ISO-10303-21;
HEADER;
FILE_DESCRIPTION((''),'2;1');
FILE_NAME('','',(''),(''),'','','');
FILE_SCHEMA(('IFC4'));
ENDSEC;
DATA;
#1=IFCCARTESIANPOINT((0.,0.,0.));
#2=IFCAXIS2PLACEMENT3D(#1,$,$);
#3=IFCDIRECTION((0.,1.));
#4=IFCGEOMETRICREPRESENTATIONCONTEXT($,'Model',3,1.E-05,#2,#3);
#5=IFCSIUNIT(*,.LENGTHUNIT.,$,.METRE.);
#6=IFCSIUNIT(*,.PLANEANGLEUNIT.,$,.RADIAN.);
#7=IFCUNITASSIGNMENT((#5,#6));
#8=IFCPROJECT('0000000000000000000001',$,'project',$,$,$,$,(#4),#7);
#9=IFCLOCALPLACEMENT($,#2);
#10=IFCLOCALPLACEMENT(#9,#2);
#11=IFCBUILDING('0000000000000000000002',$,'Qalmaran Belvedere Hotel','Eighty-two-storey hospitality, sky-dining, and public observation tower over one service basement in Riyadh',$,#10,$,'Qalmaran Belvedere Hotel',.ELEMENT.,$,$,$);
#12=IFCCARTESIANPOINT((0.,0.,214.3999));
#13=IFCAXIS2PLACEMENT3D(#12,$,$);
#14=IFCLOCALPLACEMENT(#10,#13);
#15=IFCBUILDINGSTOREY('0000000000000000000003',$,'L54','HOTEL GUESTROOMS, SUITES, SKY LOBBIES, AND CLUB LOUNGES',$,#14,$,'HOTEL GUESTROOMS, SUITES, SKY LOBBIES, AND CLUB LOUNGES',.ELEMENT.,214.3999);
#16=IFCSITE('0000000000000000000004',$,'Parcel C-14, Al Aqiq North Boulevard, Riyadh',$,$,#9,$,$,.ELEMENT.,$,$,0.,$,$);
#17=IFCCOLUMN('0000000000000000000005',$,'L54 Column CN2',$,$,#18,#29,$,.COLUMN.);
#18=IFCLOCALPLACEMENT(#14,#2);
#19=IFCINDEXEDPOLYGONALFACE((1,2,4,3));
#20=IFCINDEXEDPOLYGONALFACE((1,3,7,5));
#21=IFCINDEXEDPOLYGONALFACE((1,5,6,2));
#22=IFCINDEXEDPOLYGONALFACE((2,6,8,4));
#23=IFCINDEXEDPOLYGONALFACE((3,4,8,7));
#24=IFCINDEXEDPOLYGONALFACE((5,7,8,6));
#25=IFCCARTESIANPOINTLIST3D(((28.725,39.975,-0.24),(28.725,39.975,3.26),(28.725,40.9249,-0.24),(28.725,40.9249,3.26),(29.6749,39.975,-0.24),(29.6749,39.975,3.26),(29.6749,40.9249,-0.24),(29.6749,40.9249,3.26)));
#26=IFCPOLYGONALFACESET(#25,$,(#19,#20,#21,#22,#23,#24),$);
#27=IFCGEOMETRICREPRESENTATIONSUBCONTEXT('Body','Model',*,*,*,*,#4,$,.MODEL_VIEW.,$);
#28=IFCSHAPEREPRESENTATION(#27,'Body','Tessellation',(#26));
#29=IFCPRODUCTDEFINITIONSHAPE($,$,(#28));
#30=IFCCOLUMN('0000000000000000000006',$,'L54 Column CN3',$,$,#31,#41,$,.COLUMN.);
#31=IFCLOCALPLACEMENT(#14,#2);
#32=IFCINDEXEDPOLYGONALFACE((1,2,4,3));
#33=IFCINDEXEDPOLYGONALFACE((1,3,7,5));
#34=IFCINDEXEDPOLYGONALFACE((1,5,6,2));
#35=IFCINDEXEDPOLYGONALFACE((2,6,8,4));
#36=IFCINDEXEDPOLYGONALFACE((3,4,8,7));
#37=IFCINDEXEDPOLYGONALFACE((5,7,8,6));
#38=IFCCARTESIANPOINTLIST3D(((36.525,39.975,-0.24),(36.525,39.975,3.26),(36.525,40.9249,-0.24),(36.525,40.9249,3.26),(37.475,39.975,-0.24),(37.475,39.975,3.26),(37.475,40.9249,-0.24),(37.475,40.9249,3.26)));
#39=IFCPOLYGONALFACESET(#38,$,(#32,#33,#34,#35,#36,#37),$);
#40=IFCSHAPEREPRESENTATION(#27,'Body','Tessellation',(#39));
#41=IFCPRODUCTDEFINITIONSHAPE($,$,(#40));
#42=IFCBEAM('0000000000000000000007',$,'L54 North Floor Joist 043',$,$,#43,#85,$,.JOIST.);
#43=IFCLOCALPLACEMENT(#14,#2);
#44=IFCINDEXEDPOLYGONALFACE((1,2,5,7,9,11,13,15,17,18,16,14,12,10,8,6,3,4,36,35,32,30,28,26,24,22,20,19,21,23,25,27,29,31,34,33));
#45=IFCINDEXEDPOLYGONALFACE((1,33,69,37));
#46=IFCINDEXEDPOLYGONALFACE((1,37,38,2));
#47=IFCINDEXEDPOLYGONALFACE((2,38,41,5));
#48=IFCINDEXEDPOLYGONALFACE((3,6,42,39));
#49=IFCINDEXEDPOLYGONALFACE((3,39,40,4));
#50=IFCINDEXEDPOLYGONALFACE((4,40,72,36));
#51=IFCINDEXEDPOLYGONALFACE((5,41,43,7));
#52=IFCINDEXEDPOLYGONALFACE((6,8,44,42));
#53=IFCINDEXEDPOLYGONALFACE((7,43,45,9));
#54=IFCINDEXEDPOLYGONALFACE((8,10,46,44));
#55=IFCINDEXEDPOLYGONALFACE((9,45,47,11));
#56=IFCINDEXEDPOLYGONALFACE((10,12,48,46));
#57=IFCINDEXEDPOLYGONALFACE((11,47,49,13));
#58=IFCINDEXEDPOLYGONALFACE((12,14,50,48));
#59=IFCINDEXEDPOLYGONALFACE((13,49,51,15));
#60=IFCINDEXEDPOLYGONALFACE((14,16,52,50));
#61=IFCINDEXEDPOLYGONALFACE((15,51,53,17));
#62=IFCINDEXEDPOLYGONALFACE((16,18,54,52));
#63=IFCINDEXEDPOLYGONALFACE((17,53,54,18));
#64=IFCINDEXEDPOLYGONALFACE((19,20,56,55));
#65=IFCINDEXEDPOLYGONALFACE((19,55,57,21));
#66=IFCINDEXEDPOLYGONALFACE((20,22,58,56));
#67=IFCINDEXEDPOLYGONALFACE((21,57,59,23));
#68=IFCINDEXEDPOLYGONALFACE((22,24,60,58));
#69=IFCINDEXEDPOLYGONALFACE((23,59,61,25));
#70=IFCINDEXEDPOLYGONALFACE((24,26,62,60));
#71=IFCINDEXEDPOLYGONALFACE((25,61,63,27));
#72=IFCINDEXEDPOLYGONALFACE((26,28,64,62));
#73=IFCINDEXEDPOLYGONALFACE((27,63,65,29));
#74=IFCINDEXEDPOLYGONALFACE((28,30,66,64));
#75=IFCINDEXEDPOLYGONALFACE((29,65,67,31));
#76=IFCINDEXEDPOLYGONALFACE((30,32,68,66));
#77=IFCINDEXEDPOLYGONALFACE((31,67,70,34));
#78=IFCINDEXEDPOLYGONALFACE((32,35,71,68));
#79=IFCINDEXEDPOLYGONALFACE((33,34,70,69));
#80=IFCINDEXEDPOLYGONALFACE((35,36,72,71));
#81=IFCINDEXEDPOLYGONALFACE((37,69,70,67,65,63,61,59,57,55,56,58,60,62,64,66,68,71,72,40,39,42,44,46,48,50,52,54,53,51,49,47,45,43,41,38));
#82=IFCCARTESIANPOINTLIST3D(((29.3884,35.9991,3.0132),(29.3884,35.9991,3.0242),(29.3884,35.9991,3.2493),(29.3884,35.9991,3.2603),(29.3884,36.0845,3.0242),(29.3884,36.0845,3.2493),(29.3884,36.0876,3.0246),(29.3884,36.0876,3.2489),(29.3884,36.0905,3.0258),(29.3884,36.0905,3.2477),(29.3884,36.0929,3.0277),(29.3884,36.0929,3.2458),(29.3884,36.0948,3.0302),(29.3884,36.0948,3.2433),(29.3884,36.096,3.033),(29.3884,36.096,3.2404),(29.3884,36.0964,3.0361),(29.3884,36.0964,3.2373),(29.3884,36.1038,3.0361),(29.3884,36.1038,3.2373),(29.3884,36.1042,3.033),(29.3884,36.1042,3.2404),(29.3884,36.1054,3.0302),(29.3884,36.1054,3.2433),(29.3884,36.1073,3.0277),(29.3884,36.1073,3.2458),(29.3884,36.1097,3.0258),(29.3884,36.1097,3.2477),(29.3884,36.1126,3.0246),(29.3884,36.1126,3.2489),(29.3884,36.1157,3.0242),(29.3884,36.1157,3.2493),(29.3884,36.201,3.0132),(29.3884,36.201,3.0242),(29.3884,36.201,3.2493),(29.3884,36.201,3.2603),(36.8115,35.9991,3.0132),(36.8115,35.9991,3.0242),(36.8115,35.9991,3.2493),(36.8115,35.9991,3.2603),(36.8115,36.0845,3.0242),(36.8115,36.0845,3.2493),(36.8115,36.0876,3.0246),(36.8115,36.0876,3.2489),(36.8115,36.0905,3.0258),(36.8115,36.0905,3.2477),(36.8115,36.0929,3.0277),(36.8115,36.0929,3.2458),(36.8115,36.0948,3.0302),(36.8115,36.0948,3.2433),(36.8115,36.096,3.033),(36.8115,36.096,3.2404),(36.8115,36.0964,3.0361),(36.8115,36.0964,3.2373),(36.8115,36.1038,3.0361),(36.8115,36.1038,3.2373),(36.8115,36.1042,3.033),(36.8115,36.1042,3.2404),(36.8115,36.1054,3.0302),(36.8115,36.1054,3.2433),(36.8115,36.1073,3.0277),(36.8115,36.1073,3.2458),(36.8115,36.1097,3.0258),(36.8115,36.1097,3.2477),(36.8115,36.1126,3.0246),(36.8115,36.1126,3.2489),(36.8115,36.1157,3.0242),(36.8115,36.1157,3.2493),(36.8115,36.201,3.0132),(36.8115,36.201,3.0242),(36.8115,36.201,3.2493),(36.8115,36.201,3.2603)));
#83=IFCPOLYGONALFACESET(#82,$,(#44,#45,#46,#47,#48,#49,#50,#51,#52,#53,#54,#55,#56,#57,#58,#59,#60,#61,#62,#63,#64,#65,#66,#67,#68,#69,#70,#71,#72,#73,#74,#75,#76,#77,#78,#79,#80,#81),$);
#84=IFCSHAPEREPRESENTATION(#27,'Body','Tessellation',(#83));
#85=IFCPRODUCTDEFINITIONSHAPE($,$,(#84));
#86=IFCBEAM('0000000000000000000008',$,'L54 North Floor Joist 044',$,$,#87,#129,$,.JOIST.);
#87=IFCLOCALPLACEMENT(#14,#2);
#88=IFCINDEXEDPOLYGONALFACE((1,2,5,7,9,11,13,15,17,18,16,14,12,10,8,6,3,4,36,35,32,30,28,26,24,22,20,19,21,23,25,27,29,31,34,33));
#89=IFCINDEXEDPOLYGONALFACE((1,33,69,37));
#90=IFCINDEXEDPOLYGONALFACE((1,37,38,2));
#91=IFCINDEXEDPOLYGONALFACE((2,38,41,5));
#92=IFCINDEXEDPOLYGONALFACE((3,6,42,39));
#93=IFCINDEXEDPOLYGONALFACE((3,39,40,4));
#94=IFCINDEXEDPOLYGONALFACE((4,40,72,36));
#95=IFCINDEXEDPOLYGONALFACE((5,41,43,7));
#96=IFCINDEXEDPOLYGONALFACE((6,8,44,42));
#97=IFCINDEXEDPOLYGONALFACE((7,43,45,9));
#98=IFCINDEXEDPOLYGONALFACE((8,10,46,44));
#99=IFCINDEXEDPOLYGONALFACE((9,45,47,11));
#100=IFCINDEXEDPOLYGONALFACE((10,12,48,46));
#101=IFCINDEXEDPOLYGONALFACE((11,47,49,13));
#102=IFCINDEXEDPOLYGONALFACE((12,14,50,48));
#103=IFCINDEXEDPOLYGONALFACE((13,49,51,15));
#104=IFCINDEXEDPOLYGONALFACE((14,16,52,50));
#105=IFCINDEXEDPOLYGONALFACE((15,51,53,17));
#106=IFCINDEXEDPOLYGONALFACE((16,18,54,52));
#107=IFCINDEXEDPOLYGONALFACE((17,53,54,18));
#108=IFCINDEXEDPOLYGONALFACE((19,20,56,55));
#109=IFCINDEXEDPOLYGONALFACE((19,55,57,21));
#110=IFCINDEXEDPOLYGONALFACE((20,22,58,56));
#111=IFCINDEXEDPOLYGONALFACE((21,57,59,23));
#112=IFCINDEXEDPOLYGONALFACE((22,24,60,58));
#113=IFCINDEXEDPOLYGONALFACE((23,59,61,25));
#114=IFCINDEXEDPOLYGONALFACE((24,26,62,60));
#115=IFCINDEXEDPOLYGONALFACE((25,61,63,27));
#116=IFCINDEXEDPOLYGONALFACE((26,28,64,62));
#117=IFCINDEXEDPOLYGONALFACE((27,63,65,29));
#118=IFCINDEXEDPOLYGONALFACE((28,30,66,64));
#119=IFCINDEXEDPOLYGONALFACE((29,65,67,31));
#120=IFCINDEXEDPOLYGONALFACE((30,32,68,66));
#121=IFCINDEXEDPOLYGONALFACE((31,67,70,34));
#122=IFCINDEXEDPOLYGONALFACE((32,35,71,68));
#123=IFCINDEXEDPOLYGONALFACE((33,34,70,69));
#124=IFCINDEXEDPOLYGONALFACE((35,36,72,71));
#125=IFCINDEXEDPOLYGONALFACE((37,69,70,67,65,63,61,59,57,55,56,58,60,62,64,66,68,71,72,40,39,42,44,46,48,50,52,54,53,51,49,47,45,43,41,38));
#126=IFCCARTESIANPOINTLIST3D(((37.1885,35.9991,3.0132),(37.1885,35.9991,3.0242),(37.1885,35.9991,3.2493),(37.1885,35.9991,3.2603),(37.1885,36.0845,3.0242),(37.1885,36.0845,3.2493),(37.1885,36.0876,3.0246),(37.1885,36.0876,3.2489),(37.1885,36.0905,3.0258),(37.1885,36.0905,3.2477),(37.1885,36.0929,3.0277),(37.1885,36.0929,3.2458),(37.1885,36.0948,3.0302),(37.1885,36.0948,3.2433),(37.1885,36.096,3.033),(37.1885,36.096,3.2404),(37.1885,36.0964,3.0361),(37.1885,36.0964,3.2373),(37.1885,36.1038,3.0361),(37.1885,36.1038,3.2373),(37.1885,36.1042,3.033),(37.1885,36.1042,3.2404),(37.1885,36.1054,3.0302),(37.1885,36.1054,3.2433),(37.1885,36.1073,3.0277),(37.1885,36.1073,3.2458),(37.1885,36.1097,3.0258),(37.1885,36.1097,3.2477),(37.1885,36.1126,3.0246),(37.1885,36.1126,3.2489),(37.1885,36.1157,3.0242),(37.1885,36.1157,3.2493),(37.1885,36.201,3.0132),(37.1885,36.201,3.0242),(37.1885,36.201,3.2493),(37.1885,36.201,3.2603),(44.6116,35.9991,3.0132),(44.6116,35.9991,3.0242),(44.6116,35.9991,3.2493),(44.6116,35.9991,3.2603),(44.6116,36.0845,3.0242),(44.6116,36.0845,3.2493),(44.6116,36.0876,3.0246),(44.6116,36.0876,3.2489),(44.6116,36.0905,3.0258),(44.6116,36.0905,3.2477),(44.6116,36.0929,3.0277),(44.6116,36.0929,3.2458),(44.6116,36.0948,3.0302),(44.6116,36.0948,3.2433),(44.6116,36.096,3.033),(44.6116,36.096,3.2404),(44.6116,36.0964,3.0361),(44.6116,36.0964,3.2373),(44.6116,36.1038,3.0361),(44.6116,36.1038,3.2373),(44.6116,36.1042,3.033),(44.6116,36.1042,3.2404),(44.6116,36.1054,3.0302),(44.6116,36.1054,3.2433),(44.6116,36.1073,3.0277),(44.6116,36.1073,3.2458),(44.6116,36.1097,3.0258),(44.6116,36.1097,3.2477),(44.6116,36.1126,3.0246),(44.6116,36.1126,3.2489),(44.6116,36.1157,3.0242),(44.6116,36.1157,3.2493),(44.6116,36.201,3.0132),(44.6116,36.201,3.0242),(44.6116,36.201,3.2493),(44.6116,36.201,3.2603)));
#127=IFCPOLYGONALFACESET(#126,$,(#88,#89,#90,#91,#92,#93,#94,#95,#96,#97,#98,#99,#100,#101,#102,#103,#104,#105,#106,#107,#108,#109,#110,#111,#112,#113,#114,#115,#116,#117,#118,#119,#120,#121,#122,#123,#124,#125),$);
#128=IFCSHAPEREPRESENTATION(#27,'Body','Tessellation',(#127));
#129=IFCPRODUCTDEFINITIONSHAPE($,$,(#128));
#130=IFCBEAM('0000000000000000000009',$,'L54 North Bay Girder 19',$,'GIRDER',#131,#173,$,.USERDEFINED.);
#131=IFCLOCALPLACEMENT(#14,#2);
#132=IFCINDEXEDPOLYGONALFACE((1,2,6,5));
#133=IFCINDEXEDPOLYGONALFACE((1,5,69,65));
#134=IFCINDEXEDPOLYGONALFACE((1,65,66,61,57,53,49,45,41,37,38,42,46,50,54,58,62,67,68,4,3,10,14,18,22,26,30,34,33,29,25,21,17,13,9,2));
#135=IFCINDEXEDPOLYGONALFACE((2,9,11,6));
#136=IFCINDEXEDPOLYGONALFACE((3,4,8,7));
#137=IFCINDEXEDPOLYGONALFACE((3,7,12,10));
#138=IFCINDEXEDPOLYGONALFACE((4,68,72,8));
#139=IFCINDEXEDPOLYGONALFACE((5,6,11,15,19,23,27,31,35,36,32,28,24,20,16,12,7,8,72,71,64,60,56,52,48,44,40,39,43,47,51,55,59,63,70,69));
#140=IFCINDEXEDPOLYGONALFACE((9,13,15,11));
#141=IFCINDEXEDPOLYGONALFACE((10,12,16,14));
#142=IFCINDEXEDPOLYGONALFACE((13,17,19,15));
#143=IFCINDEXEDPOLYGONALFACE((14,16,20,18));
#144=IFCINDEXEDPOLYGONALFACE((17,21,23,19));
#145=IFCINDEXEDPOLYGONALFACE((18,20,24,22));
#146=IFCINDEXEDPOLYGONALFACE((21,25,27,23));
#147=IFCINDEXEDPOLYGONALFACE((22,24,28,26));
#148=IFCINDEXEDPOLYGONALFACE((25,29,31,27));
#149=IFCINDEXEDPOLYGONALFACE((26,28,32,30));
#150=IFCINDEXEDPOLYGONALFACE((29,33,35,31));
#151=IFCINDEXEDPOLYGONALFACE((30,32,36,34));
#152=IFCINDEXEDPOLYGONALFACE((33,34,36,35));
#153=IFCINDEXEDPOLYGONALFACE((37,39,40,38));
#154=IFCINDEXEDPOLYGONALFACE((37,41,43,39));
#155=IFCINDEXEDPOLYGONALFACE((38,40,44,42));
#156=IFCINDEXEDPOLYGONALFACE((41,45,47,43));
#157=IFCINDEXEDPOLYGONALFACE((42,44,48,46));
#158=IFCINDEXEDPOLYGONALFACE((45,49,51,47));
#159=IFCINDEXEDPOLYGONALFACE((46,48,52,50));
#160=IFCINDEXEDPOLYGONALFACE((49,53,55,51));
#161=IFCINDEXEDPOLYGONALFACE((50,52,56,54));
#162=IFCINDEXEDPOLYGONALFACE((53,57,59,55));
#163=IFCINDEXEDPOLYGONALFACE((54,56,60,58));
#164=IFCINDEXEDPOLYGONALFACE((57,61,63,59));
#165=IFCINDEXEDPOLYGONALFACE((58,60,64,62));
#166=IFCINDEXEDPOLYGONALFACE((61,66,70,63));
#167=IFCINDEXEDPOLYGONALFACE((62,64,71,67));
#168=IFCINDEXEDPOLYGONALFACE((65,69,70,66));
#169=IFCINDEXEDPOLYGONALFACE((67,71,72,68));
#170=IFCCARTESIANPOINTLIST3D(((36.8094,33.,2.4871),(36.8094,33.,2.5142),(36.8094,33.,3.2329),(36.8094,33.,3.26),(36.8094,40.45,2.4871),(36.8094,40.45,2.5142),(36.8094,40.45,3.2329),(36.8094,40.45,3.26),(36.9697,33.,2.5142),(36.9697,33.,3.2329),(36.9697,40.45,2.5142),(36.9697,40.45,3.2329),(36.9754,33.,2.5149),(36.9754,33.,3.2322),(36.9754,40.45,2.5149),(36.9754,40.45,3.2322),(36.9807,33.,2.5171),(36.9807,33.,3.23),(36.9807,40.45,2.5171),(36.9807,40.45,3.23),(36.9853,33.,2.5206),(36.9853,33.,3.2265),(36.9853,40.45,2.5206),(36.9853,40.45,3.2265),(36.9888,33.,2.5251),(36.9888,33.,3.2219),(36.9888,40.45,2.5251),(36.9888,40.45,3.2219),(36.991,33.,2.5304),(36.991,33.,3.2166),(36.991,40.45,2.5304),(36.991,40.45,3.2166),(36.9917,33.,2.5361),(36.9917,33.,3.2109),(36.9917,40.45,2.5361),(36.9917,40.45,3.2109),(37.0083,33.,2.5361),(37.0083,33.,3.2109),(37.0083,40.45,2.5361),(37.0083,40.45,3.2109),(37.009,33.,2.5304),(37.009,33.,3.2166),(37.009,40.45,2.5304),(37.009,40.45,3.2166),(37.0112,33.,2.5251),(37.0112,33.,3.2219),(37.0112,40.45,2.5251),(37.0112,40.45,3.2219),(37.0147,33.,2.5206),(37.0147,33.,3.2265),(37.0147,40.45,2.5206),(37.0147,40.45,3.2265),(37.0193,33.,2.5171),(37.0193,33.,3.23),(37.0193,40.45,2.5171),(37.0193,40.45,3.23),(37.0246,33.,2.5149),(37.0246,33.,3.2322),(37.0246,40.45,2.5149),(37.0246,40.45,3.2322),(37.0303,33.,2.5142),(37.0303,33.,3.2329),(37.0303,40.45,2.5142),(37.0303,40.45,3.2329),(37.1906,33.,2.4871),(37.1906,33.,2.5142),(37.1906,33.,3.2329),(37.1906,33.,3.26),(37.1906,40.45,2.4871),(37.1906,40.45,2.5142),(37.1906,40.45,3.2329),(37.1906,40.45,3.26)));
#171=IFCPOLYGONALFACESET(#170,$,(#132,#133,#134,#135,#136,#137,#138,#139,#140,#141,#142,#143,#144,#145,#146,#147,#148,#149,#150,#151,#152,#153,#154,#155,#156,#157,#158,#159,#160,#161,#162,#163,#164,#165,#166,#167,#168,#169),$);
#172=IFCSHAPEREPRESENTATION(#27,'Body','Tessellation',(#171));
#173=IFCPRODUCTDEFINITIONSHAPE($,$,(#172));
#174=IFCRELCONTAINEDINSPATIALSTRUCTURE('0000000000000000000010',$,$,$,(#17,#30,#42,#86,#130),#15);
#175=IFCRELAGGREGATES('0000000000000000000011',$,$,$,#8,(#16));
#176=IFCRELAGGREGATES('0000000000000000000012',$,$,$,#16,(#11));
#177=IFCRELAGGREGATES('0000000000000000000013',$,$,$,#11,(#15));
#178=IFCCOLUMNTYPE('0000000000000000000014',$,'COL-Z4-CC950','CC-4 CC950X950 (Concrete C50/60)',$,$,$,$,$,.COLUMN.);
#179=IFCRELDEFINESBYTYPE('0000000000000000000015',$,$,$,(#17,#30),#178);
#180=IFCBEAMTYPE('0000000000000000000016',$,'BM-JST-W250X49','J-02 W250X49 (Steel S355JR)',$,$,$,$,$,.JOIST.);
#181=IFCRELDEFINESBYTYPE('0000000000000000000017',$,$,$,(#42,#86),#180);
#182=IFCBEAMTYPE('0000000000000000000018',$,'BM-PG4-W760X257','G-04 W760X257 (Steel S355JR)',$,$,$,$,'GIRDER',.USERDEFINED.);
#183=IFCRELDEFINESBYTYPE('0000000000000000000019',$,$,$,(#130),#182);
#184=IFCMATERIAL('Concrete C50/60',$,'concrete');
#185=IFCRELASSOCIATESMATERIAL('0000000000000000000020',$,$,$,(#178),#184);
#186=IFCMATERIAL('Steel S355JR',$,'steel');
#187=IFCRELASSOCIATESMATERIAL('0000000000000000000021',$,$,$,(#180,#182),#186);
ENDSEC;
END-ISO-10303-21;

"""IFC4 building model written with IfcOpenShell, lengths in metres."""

from ifc_helpers import new_model, si_unit, direction, frame, origin, origin_2d, place, context, subcontext, project, spatial, rectangle, i_section, extrude, material, material_profile, profile_set, type_object, element, save


model = new_model("IFC4")

# Units and contexts
model_context = context("Model", 3, precision=1e-05, world=origin(), true_north=direction((0.0, 1.0)))
body_context = subcontext(model_context, "Body", "Model", "MODEL_VIEW")
ifc_project = project(units=[si_unit("LENGTHUNIT", "METRE"), si_unit("PLANEANGLEUNIT", "RADIAN")], contexts=[model_context])

# Site, building, storey
site_placement = place(None, origin())
site = spatial("IfcSite", under=ifc_project, at=site_placement, Name="Parcel C-14, Al Aqiq North Boulevard, Riyadh", CompositionType="ELEMENT", RefElevation=0.0)
building_placement = place(site_placement, origin())
building = spatial("IfcBuilding", under=site, at=building_placement, Name="Qalmaran Belvedere Hotel", Description="Eighty-two-storey hospitality, sky-dining, and public observation tower over one service basement in Riyadh", LongName="Qalmaran Belvedere Hotel", CompositionType="ELEMENT")
storey_placement = place(building_placement, frame((0.0, 0.0, 214.3999)))
storey = spatial("IfcBuildingStorey", under=building, at=storey_placement, Name="L54", Description="HOTEL GUESTROOMS, SUITES, SKY LOBBIES, AND CLUB LOUNGES", LongName="HOTEL GUESTROOMS, SUITES, SKY LOBBIES, AND CLUB LOUNGES", CompositionType="ELEMENT", Elevation=214.3999)

# Columns
ifc_material_1 = material(Name="Concrete C50/60", Category="concrete")
ifc_material_profile_1 = material_profile(ifc_material_1, rectangle(XDim=0.95, YDim=0.95, at=origin_2d()), Name="CC950X950")
ifc_profile_set_1 = profile_set([ifc_material_profile_1], Name="Concrete C50/60")
column_type = type_object("IfcColumnType", Name="COL-Z4-CC950", Description="CC-4 CC950X950 (Concrete C50/60)", PredefinedType="COLUMN", material=ifc_profile_set_1)
for number, where, z_axis, x_axis, name in (
    (1, (29.2, 40.45, -0.24), (0.0, 0.0, 1.0), (1.0, 0.0, 0.0), "L54 Column CN2"),
    (2, (37.0, 40.45, -0.24), (0.0, 0.0, 1.0), (1.0, 0.0, 0.0), "L54 Column CN3"),
):
    element("IfcColumn", number, at=place(storey_placement, frame(where, z_axis=z_axis, x_axis=x_axis)), inside=storey, type_object=column_type, Name=name, PredefinedType="COLUMN", context=body_context, shape_type="SweptSolid", body=[
        extrude(rectangle(XDim=0.95, YDim=0.95, at=origin_2d()), origin(), (0.0, 0.0, 1.0), 3.5),
    ])

# Beams
ifc_material_2 = material(Name="Steel S355JR", Category="steel")
ifc_material_profile_2 = material_profile(ifc_material_2, i_section(OverallWidth=0.2019, OverallDepth=0.2471, WebThickness=0.0073, FlangeThickness=0.011, FilletRadius=0.012, at=origin_2d()), Name="W250X49")
ifc_profile_set_2 = profile_set([ifc_material_profile_2], Name="Steel S355JR")
beam_type_1 = type_object("IfcBeamType", Name="BM-JST-W250X49", Description="J-02 W250X49 (Steel S355JR)", PredefinedType="JOIST", material=ifc_profile_set_2)
for number, where, z_axis, x_axis, name in (
    (3, (29.3884, 36.1001, 3.1367), (1.0, 0.0, 0.0), (0.0, 1.0, 0.0), "L54 North Floor Joist 043"),
    (4, (37.1885, 36.1001, 3.1367), (1.0, 0.0, 0.0), (0.0, 1.0, 0.0), "L54 North Floor Joist 044"),
):
    element("IfcBeam", number, at=place(storey_placement, frame(where, z_axis=z_axis, x_axis=x_axis)), inside=storey, type_object=beam_type_1, Name=name, PredefinedType="JOIST", context=body_context, shape_type="SweptSolid", body=[
        extrude(i_section(OverallWidth=0.2019, OverallDepth=0.2471, WebThickness=0.0073, FlangeThickness=0.011, FilletRadius=0.012, at=origin_2d()), origin(), (0.0, 0.0, 1.0), 7.4231),
    ])
ifc_material_profile_3 = material_profile(ifc_material_2, i_section(OverallWidth=0.3811, OverallDepth=0.7729, WebThickness=0.0166, FlangeThickness=0.0271, FilletRadius=0.022, at=origin_2d()), Name="W760X257")
ifc_profile_set_3 = profile_set([ifc_material_profile_3], Name="Steel S355JR")
beam_type_2 = type_object("IfcBeamType", Name="BM-PG4-W760X257", Description="G-04 W760X257 (Steel S355JR)", ElementType="GIRDER", PredefinedType="USERDEFINED", material=ifc_profile_set_3)
beam_placement = place(storey_placement, frame((37.0, 33.0, 2.8735), z_axis=(0.0, 1.0, 0.0), x_axis=(-1.0, 0.0, 0.0)))
element("IfcBeam", 5, at=beam_placement, inside=storey, type_object=beam_type_2, Name="L54 North Bay Girder 19", ObjectType="GIRDER", PredefinedType="USERDEFINED", context=body_context, shape_type="SweptSolid", body=[
    extrude(i_section(OverallWidth=0.3811, OverallDepth=0.7729, WebThickness=0.0166, FlangeThickness=0.0271, FilletRadius=0.022, at=origin_2d()), origin(), (0.0, 0.0, 1.0), 7.45),
])

save(model, "model.ifc")
